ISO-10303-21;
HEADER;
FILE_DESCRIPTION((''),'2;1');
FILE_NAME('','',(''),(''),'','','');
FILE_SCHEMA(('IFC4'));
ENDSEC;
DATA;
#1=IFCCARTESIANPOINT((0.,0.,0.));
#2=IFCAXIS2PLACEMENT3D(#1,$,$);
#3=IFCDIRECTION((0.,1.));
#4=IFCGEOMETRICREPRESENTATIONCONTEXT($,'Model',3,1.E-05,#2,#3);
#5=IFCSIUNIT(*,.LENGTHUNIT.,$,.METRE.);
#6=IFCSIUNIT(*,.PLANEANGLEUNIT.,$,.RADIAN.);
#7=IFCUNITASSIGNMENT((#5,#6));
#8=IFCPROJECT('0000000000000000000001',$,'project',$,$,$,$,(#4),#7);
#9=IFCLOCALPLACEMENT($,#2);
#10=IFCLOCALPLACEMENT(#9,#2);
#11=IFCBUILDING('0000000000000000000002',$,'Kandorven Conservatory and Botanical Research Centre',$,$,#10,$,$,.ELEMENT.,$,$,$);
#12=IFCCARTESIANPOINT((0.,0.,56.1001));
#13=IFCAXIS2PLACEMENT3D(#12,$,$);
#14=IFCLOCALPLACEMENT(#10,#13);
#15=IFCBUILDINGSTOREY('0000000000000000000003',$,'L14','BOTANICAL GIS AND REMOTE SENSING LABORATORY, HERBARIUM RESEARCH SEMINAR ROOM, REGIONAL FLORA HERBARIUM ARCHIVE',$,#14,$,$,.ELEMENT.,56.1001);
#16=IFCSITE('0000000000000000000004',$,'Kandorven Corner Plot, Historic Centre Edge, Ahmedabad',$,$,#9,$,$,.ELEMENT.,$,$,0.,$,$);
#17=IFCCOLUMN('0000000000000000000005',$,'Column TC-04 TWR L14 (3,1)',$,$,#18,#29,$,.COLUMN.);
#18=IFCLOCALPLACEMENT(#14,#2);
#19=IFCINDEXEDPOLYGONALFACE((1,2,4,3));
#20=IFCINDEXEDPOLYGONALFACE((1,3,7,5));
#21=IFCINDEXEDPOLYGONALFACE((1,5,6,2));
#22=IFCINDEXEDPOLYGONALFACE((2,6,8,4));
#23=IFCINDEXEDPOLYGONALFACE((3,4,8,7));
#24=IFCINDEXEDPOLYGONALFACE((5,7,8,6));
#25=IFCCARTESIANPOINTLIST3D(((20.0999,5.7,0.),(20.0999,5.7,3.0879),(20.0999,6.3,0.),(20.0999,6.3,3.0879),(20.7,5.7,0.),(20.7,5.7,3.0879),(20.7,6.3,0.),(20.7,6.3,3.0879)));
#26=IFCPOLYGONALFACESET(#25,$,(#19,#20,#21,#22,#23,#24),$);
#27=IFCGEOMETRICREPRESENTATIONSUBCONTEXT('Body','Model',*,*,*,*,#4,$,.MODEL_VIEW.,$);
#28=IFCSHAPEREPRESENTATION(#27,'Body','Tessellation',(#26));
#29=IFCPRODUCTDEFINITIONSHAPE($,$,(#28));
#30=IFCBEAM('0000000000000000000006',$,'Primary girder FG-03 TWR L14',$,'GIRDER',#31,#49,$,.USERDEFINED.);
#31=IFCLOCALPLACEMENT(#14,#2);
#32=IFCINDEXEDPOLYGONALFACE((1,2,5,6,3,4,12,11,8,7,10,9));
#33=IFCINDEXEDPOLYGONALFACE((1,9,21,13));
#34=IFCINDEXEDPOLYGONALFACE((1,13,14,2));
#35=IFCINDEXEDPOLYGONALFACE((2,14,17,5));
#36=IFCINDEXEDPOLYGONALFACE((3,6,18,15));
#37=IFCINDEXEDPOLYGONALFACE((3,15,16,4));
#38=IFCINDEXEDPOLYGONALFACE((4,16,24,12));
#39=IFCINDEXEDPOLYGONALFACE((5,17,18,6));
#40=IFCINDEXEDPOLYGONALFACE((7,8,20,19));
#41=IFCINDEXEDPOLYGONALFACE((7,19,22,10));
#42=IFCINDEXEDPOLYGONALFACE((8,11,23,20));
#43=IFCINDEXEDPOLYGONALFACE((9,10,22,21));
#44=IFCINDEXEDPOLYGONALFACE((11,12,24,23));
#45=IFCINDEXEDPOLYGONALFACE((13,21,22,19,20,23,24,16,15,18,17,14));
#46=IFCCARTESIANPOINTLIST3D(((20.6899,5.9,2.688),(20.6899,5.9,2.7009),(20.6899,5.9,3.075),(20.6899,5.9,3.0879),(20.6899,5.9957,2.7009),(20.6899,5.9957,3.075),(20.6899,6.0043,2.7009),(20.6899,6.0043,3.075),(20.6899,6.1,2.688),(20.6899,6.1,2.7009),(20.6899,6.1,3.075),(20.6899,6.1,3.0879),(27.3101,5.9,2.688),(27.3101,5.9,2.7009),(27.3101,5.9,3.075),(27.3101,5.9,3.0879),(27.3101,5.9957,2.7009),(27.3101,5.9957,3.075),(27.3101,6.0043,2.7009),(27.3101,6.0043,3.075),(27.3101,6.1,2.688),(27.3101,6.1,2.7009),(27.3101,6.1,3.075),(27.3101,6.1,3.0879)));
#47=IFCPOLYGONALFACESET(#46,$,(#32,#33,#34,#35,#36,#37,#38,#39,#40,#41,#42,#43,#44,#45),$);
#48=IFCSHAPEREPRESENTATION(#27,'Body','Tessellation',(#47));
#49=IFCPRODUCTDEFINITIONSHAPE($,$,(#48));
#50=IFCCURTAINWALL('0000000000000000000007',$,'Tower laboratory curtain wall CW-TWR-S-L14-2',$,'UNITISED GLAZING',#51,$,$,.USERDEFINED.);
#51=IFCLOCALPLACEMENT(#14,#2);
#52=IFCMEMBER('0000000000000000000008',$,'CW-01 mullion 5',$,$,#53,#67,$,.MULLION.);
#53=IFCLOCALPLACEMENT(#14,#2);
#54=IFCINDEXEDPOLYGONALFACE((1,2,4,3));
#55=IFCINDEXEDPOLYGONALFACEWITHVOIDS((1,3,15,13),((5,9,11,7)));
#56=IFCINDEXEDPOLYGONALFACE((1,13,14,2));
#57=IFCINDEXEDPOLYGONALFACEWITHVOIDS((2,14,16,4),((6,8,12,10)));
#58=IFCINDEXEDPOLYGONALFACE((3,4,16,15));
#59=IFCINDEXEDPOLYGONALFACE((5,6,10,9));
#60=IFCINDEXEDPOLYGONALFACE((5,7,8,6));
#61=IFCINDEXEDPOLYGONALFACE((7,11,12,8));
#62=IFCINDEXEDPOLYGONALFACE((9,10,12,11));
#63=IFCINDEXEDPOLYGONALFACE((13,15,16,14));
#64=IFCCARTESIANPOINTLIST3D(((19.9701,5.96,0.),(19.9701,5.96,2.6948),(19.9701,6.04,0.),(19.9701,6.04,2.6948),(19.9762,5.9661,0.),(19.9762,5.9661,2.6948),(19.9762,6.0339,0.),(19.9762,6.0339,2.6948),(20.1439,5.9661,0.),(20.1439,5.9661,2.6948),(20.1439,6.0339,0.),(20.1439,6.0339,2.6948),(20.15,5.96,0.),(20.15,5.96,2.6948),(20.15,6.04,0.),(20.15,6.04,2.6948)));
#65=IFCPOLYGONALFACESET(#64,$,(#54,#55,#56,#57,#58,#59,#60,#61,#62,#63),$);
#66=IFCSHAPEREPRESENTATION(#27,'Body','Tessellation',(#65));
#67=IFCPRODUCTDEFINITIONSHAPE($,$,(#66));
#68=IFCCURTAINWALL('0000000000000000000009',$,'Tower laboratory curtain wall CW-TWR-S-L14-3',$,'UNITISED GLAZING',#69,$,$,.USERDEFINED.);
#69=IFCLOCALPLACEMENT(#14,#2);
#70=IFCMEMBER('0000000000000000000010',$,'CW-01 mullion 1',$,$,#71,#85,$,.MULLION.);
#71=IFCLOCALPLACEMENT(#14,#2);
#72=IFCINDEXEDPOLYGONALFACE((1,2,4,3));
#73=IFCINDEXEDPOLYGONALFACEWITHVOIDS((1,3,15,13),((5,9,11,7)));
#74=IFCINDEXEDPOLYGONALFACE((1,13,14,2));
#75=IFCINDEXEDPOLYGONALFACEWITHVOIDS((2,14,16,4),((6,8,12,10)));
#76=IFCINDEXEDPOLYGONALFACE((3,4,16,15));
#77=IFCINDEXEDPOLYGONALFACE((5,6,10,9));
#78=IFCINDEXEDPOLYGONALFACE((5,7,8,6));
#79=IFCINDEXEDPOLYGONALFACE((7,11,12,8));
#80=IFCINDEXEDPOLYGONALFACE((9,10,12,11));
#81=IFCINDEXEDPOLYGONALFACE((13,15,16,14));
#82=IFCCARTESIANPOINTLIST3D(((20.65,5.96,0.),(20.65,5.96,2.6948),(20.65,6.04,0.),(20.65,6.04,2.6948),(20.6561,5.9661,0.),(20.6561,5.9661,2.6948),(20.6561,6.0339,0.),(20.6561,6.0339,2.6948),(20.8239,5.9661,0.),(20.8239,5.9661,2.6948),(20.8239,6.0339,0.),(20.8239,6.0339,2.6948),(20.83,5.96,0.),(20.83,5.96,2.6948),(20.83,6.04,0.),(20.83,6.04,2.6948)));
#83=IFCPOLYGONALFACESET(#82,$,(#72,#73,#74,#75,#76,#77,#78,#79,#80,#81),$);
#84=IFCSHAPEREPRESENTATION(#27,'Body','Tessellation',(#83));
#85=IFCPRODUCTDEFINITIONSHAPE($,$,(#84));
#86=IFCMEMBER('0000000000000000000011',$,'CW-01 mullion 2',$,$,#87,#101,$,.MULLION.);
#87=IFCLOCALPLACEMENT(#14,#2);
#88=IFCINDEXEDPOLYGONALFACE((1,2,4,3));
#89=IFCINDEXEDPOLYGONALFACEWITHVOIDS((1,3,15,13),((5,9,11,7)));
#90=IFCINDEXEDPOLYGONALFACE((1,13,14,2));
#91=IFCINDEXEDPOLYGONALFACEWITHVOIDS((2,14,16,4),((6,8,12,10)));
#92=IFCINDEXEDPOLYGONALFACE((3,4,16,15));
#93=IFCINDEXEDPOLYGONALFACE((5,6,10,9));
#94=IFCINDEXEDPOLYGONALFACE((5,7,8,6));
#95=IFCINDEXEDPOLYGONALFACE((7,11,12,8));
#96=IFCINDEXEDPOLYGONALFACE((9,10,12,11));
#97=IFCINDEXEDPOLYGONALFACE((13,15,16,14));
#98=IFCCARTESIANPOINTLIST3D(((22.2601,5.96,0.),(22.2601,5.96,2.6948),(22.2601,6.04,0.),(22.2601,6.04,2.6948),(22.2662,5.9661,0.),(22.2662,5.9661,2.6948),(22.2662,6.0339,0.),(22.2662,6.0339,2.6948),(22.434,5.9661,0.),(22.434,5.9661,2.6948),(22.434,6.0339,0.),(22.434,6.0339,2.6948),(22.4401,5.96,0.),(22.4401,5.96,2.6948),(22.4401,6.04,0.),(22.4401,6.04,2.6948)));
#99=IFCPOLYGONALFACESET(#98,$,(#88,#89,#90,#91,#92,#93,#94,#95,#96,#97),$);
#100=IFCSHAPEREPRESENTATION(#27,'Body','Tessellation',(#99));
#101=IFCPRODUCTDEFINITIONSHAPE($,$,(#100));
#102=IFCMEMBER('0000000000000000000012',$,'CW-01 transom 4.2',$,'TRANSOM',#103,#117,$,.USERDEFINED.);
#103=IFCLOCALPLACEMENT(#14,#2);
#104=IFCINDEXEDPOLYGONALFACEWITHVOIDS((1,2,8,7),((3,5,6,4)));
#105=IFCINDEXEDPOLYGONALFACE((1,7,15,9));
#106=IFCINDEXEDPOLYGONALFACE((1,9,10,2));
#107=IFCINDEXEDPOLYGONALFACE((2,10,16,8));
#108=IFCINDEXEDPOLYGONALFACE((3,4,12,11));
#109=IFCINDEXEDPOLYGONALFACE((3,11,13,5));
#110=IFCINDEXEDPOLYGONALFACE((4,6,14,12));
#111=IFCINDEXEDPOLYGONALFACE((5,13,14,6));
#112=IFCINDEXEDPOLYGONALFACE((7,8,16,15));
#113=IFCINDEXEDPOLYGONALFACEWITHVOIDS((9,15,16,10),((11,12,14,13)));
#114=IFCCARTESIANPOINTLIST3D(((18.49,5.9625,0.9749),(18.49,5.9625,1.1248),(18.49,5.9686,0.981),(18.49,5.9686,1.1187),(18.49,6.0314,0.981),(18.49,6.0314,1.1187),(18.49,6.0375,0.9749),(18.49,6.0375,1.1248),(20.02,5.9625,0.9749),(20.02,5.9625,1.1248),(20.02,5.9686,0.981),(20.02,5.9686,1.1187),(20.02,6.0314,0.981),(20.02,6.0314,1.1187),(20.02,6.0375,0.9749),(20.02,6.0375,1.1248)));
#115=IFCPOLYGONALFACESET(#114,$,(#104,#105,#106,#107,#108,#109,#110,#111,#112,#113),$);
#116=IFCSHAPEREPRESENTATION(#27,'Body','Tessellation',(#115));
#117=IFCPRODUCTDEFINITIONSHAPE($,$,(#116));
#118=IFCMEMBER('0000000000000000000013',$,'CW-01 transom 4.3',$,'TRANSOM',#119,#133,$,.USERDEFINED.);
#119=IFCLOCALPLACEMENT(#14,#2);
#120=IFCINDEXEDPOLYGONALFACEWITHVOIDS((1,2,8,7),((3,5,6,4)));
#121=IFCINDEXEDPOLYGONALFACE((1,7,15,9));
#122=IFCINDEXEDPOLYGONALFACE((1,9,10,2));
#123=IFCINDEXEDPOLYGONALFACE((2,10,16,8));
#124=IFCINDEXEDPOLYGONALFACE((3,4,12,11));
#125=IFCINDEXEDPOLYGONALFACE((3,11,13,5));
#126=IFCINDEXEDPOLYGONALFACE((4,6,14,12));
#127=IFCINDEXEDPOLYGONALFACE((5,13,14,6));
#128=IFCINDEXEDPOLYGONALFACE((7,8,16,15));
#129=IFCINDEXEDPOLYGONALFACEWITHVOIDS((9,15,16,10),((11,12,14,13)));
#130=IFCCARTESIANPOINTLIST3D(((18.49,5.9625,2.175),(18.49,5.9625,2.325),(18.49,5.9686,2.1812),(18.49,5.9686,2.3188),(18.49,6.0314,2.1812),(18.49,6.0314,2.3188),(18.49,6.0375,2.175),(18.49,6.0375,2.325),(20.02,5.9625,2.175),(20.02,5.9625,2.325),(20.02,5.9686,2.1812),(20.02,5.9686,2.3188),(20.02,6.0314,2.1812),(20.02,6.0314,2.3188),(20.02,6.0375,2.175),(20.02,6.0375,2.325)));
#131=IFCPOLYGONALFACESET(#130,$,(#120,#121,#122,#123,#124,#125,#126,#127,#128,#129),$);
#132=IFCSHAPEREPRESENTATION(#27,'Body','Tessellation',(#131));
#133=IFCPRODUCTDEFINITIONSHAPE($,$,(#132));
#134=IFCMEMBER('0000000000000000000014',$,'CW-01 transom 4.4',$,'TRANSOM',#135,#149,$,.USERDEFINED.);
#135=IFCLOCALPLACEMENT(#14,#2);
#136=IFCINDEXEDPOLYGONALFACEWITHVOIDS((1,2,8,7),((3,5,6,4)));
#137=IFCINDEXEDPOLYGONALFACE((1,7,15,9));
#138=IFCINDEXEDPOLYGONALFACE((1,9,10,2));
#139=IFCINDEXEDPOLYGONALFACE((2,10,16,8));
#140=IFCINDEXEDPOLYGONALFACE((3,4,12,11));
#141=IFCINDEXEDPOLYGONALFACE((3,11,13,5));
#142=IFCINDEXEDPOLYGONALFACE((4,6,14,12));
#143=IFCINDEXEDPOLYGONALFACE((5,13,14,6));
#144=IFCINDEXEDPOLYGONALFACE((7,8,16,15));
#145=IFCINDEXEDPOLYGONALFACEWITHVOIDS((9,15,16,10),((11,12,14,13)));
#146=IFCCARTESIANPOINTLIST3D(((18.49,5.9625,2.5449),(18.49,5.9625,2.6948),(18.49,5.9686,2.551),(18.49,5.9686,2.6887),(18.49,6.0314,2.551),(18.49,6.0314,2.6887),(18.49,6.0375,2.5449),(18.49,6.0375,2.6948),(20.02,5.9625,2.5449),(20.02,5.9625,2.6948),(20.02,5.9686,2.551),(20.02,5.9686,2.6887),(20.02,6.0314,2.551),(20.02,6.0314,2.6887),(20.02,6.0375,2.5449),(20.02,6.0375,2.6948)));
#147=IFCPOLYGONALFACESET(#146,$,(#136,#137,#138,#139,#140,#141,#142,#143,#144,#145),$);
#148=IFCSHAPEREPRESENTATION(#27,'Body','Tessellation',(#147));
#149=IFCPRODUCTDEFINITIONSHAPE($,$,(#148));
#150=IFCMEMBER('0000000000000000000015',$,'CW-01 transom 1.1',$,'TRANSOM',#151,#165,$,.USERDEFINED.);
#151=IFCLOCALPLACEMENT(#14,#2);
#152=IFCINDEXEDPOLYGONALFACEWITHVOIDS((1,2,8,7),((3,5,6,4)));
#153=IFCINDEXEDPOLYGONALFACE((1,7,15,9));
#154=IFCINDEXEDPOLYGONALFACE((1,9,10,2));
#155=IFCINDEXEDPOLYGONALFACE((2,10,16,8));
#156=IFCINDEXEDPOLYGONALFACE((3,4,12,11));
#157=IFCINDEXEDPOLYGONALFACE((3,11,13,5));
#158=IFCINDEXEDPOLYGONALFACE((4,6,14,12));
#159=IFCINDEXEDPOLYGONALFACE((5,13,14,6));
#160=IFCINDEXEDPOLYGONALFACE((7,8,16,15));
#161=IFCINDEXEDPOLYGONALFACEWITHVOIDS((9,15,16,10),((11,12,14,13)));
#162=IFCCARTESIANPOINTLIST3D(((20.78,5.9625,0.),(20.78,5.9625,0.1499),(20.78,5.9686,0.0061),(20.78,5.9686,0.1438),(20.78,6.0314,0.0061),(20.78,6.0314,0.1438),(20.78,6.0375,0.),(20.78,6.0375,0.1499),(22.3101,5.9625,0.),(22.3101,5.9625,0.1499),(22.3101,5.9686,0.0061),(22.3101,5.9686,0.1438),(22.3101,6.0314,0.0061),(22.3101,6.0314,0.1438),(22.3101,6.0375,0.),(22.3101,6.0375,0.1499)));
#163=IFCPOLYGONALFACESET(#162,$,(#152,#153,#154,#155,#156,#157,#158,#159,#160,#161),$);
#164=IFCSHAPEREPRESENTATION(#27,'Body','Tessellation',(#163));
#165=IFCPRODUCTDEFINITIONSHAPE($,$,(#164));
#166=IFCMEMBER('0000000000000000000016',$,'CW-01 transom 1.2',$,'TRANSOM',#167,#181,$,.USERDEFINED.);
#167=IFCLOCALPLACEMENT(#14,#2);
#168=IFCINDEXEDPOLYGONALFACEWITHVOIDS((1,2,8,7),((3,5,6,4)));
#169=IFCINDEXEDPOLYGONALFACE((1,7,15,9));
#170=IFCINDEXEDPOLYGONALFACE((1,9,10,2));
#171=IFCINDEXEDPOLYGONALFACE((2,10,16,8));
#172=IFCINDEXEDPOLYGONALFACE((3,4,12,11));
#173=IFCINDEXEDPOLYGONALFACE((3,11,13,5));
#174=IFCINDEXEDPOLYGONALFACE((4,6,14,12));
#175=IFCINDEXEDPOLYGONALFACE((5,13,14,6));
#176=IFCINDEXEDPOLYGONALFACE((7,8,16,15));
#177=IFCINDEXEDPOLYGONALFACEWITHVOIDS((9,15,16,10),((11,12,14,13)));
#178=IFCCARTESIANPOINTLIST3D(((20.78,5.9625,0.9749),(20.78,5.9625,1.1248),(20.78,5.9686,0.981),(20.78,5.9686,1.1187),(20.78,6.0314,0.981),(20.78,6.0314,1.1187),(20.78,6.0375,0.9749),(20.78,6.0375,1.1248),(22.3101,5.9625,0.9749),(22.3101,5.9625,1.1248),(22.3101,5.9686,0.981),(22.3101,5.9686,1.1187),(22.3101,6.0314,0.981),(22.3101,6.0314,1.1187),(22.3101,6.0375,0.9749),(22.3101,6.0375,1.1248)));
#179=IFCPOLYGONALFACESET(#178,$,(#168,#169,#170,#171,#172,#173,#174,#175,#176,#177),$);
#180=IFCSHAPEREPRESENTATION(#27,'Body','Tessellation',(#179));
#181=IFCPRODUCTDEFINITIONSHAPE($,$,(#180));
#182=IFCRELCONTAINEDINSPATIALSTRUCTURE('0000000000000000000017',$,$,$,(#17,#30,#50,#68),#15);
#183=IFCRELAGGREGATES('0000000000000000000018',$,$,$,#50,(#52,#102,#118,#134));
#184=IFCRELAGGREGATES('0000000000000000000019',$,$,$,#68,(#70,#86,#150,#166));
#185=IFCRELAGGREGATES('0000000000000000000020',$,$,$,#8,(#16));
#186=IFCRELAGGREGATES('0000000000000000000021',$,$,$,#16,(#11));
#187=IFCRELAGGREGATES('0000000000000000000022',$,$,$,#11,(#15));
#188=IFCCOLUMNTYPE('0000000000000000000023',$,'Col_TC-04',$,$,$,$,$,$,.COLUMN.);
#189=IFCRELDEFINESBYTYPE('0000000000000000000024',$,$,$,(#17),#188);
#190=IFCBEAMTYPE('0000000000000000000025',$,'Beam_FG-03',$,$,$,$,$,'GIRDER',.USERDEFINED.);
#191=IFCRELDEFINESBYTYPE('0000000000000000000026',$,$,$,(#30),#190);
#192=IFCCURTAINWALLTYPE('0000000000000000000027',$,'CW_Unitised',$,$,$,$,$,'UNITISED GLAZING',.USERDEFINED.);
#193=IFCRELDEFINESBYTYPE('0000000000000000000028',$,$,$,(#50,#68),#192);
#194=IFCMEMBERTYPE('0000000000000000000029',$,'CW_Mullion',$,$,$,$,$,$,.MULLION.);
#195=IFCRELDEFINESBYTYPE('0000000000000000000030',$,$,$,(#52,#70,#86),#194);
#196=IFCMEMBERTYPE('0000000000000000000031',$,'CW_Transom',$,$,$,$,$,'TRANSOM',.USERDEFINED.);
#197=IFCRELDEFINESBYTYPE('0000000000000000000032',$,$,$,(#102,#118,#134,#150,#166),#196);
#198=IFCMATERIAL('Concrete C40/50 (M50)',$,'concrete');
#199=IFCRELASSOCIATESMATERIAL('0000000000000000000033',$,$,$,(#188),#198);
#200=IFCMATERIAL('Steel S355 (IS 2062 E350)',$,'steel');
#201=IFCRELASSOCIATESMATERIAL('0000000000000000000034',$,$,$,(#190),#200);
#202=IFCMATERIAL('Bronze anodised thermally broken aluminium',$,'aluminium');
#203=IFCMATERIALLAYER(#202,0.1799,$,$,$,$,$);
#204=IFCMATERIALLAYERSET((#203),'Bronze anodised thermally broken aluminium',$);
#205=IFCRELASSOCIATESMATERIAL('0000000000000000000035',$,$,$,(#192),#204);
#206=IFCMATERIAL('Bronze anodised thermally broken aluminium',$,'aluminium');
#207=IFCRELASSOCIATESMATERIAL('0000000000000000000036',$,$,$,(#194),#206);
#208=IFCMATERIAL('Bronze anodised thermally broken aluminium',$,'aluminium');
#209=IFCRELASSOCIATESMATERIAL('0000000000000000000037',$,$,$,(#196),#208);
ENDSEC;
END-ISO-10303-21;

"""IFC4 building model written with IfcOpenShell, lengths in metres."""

from ifc_helpers import new_model, si_unit, direction, frame, origin, origin_2d, place, context, subcontext, project, spatial, rectangle, hollow_rectangle, i_section, extrude, material, layer, layer_set, material_profile, profile_set, type_object, element, aggregate, save


model = new_model("IFC4")

# Units and contexts
model_context = context("Model", 3, precision=1e-05, world=origin(), true_north=direction((0.0, 1.0)))
body_context = subcontext(model_context, "Body", "Model", "MODEL_VIEW")
ifc_project = project(units=[si_unit("LENGTHUNIT", "METRE"), si_unit("PLANEANGLEUNIT", "RADIAN")], contexts=[model_context])

# Site, building, storey
site_placement = place(None, origin())
site = spatial("IfcSite", under=ifc_project, at=site_placement, Name="Kandorven Corner Plot, Historic Centre Edge, Ahmedabad", CompositionType="ELEMENT", RefElevation=0.0)
building_placement = place(site_placement, origin())
building = spatial("IfcBuilding", under=site, at=building_placement, Name="Kandorven Conservatory and Botanical Research Centre", CompositionType="ELEMENT")
storey_placement = place(building_placement, frame((0.0, 0.0, 56.1001)))
storey = spatial("IfcBuildingStorey", under=building, at=storey_placement, Name="L14", Description="BOTANICAL GIS AND REMOTE SENSING LABORATORY, HERBARIUM RESEARCH SEMINAR ROOM, REGIONAL FLORA HERBARIUM ARCHIVE", CompositionType="ELEMENT", Elevation=56.1001)

# Column
ifc_material_1 = material(Name="Concrete C40/50 (M50)", Category="concrete")
ifc_material_profile_1 = material_profile(ifc_material_1, rectangle(XDim=0.6001, YDim=0.6001, at=origin_2d()))
ifc_profile_set_1 = profile_set([ifc_material_profile_1], Name="Concrete C40/50 (M50)")
column_type = type_object("IfcColumnType", Name="Col_TC-04", PredefinedType="COLUMN", material=ifc_profile_set_1)
column_placement = place(storey_placement, frame((20.3999, 6.0, 0.0), z_axis=(0.0, 0.0, 1.0), x_axis=(1.0, 0.0, 0.0)))
element("IfcColumn", 1, at=column_placement, inside=storey, type_object=column_type, Name="Column TC-04 TWR L14 (3,1)", PredefinedType="COLUMN", context=body_context, shape_type="SweptSolid", body=[
    extrude(rectangle(XDim=0.6001, YDim=0.6001, at=origin_2d()), origin(), (0.0, 0.0, 1.0), 3.0879),
])

# Beam
ifc_material_2 = material(Name="Steel S355 (IS 2062 E350)", Category="steel")
ifc_material_profile_2 = material_profile(ifc_material_2, i_section(OverallWidth=0.2, OverallDepth=0.3999, WebThickness=0.0085, FlangeThickness=0.0129, at=origin_2d()))
ifc_profile_set_2 = profile_set([ifc_material_profile_2], Name="Steel S355 (IS 2062 E350)")
beam_type = type_object("IfcBeamType", Name="Beam_FG-03", ElementType="GIRDER", PredefinedType="USERDEFINED", material=ifc_profile_set_2)
beam_placement = place(storey_placement, frame((20.6899, 6.0, 2.8879), z_axis=(1.0, 0.0, 0.0), x_axis=(0.0, 1.0, 0.0)))
element("IfcBeam", 2, at=beam_placement, inside=storey, type_object=beam_type, Name="Primary girder FG-03 TWR L14", ObjectType="GIRDER", PredefinedType="USERDEFINED", context=body_context, shape_type="SweptSolid", body=[
    extrude(i_section(OverallWidth=0.2, OverallDepth=0.3999, WebThickness=0.0085, FlangeThickness=0.0129, at=origin_2d()), origin(), (0.0, 0.0, 1.0), 6.6201),
])

# Curtain wall, member
ifc_material_3 = material(Name="Bronze anodised thermally broken aluminium", Category="aluminium")
ifc_layer_1 = layer(ifc_material_3, 0.1799)
ifc_layer_set_1 = layer_set([ifc_layer_1], Name="Bronze anodised thermally broken aluminium")
curtain_wall_type = type_object("IfcCurtainWallType", Name="CW_Unitised", ElementType="UNITISED GLAZING", PredefinedType="USERDEFINED", material=ifc_layer_set_1)
curtain_wall_1_placement = place(storey_placement, origin())
curtain_wall_1 = element("IfcCurtainWall", 3, at=curtain_wall_1_placement, inside=storey, type_object=curtain_wall_type, Name="Tower laboratory curtain wall CW-TWR-S-L14-2", ObjectType="UNITISED GLAZING", PredefinedType="USERDEFINED")
ifc_material_4 = material(Name="Bronze anodised thermally broken aluminium", Category="aluminium")
ifc_material_profile_3 = material_profile(ifc_material_4, hollow_rectangle(XDim=0.0801, YDim=0.1799, WallThickness=0.0061, at=origin_2d()))
ifc_profile_set_3 = profile_set([ifc_material_profile_3], Name="Bronze anodised thermally broken aluminium")
member_type_1 = type_object("IfcMemberType", Name="CW_Mullion", PredefinedType="MULLION", material=ifc_profile_set_3)
member_1_placement = place(storey_placement, frame((20.0601, 6.0, 0.0), z_axis=(0.0, 0.0, 1.0), x_axis=(0.0, 1.0, 0.0)))
member_1 = element("IfcMember", 4, at=member_1_placement, type_object=member_type_1, Name="CW-01 mullion 5", PredefinedType="MULLION", context=body_context, shape_type="SweptSolid", body=[
    extrude(hollow_rectangle(XDim=0.0801, YDim=0.1799, WallThickness=0.0061, at=origin_2d()), origin(), (0.0, 0.0, 1.0), 2.6948),
])

# Curtain wall, members
curtain_wall_2_placement = place(storey_placement, origin())
curtain_wall_2 = element("IfcCurtainWall", 5, at=curtain_wall_2_placement, inside=storey, type_object=curtain_wall_type, Name="Tower laboratory curtain wall CW-TWR-S-L14-3", ObjectType="UNITISED GLAZING", PredefinedType="USERDEFINED")
member_2_placement = place(storey_placement, frame((20.74, 6.0, 0.0), z_axis=(0.0, 0.0, 1.0), x_axis=(0.0, 1.0, 0.0)))
member_2 = element("IfcMember", 6, at=member_2_placement, type_object=member_type_1, Name="CW-01 mullion 1", PredefinedType="MULLION", context=body_context, shape_type="SweptSolid", body=[
    extrude(hollow_rectangle(XDim=0.0801, YDim=0.1799, WallThickness=0.0061, at=origin_2d()), origin(), (0.0, 0.0, 1.0), 2.6948),
])
member_3_placement = place(storey_placement, frame((22.3501, 6.0, 0.0), z_axis=(0.0, 0.0, 1.0), x_axis=(0.0, 1.0, 0.0)))
member_3 = element("IfcMember", 7, at=member_3_placement, type_object=member_type_1, Name="CW-01 mullion 2", PredefinedType="MULLION", context=body_context, shape_type="SweptSolid", body=[
    extrude(hollow_rectangle(XDim=0.0801, YDim=0.1799, WallThickness=0.0061, at=origin_2d()), origin(), (0.0, 0.0, 1.0), 2.6948),
])

# Members
ifc_material_5 = material(Name="Bronze anodised thermally broken aluminium", Category="aluminium")
ifc_material_profile_4 = material_profile(ifc_material_5, hollow_rectangle(XDim=0.075, YDim=0.1499, WallThickness=0.0061, at=origin_2d()))
ifc_profile_set_4 = profile_set([ifc_material_profile_4], Name="Bronze anodised thermally broken aluminium")
member_type_2 = type_object("IfcMemberType", Name="CW_Transom", ElementType="TRANSOM", PredefinedType="USERDEFINED", material=ifc_profile_set_4)
member_4_placement = place(storey_placement, frame((18.49, 6.0, 1.0498), z_axis=(1.0, 0.0, 0.0), x_axis=(0.0, 1.0, 0.0)))
member_4 = element("IfcMember", 8, at=member_4_placement, type_object=member_type_2, Name="CW-01 transom 4.2", ObjectType="TRANSOM", PredefinedType="USERDEFINED", context=body_context, shape_type="SweptSolid", body=[
    extrude(hollow_rectangle(XDim=0.075, YDim=0.1499, WallThickness=0.0061, at=origin_2d()), origin(), (0.0, 0.0, 1.0), 1.53),
])
member_5_placement = place(storey_placement, frame((18.49, 6.0, 2.25), z_axis=(1.0, 0.0, 0.0), x_axis=(0.0, 1.0, 0.0)))
member_5 = element("IfcMember", 9, at=member_5_placement, type_object=member_type_2, Name="CW-01 transom 4.3", ObjectType="TRANSOM", PredefinedType="USERDEFINED", context=body_context, shape_type="SweptSolid", body=[
    extrude(hollow_rectangle(XDim=0.075, YDim=0.1499, WallThickness=0.0061, at=origin_2d()), origin(), (0.0, 0.0, 1.0), 1.53),
])
member_6_placement = place(storey_placement, frame((18.49, 6.0, 2.6199), z_axis=(1.0, 0.0, 0.0), x_axis=(0.0, 1.0, 0.0)))
member_6 = element("IfcMember", 10, at=member_6_placement, type_object=member_type_2, Name="CW-01 transom 4.4", ObjectType="TRANSOM", PredefinedType="USERDEFINED", context=body_context, shape_type="SweptSolid", body=[
    extrude(hollow_rectangle(XDim=0.075, YDim=0.1499, WallThickness=0.0061, at=origin_2d()), origin(), (0.0, 0.0, 1.0), 1.53),
])
member_7_placement = place(storey_placement, frame((20.78, 6.0, 0.075), z_axis=(1.0, 0.0, 0.0), x_axis=(0.0, 1.0, 0.0)))
member_7 = element("IfcMember", 11, at=member_7_placement, type_object=member_type_2, Name="CW-01 transom 1.1", ObjectType="TRANSOM", PredefinedType="USERDEFINED", context=body_context, shape_type="SweptSolid", body=[
    extrude(hollow_rectangle(XDim=0.075, YDim=0.1499, WallThickness=0.0061, at=origin_2d()), origin(), (0.0, 0.0, 1.0), 1.53),
])
member_8_placement = place(storey_placement, frame((20.78, 6.0, 1.0498), z_axis=(1.0, 0.0, 0.0), x_axis=(0.0, 1.0, 0.0)))
member_8 = element("IfcMember", 12, at=member_8_placement, type_object=member_type_2, Name="CW-01 transom 1.2", ObjectType="TRANSOM", PredefinedType="USERDEFINED", context=body_context, shape_type="SweptSolid", body=[
    extrude(hollow_rectangle(XDim=0.075, YDim=0.1499, WallThickness=0.0061, at=origin_2d()), origin(), (0.0, 0.0, 1.0), 1.53),
])

aggregate(curtain_wall_1, [member_1, member_4, member_5, member_6])
aggregate(curtain_wall_2, [member_2, member_3, member_7, member_8])

save(model, "model.ifc")
